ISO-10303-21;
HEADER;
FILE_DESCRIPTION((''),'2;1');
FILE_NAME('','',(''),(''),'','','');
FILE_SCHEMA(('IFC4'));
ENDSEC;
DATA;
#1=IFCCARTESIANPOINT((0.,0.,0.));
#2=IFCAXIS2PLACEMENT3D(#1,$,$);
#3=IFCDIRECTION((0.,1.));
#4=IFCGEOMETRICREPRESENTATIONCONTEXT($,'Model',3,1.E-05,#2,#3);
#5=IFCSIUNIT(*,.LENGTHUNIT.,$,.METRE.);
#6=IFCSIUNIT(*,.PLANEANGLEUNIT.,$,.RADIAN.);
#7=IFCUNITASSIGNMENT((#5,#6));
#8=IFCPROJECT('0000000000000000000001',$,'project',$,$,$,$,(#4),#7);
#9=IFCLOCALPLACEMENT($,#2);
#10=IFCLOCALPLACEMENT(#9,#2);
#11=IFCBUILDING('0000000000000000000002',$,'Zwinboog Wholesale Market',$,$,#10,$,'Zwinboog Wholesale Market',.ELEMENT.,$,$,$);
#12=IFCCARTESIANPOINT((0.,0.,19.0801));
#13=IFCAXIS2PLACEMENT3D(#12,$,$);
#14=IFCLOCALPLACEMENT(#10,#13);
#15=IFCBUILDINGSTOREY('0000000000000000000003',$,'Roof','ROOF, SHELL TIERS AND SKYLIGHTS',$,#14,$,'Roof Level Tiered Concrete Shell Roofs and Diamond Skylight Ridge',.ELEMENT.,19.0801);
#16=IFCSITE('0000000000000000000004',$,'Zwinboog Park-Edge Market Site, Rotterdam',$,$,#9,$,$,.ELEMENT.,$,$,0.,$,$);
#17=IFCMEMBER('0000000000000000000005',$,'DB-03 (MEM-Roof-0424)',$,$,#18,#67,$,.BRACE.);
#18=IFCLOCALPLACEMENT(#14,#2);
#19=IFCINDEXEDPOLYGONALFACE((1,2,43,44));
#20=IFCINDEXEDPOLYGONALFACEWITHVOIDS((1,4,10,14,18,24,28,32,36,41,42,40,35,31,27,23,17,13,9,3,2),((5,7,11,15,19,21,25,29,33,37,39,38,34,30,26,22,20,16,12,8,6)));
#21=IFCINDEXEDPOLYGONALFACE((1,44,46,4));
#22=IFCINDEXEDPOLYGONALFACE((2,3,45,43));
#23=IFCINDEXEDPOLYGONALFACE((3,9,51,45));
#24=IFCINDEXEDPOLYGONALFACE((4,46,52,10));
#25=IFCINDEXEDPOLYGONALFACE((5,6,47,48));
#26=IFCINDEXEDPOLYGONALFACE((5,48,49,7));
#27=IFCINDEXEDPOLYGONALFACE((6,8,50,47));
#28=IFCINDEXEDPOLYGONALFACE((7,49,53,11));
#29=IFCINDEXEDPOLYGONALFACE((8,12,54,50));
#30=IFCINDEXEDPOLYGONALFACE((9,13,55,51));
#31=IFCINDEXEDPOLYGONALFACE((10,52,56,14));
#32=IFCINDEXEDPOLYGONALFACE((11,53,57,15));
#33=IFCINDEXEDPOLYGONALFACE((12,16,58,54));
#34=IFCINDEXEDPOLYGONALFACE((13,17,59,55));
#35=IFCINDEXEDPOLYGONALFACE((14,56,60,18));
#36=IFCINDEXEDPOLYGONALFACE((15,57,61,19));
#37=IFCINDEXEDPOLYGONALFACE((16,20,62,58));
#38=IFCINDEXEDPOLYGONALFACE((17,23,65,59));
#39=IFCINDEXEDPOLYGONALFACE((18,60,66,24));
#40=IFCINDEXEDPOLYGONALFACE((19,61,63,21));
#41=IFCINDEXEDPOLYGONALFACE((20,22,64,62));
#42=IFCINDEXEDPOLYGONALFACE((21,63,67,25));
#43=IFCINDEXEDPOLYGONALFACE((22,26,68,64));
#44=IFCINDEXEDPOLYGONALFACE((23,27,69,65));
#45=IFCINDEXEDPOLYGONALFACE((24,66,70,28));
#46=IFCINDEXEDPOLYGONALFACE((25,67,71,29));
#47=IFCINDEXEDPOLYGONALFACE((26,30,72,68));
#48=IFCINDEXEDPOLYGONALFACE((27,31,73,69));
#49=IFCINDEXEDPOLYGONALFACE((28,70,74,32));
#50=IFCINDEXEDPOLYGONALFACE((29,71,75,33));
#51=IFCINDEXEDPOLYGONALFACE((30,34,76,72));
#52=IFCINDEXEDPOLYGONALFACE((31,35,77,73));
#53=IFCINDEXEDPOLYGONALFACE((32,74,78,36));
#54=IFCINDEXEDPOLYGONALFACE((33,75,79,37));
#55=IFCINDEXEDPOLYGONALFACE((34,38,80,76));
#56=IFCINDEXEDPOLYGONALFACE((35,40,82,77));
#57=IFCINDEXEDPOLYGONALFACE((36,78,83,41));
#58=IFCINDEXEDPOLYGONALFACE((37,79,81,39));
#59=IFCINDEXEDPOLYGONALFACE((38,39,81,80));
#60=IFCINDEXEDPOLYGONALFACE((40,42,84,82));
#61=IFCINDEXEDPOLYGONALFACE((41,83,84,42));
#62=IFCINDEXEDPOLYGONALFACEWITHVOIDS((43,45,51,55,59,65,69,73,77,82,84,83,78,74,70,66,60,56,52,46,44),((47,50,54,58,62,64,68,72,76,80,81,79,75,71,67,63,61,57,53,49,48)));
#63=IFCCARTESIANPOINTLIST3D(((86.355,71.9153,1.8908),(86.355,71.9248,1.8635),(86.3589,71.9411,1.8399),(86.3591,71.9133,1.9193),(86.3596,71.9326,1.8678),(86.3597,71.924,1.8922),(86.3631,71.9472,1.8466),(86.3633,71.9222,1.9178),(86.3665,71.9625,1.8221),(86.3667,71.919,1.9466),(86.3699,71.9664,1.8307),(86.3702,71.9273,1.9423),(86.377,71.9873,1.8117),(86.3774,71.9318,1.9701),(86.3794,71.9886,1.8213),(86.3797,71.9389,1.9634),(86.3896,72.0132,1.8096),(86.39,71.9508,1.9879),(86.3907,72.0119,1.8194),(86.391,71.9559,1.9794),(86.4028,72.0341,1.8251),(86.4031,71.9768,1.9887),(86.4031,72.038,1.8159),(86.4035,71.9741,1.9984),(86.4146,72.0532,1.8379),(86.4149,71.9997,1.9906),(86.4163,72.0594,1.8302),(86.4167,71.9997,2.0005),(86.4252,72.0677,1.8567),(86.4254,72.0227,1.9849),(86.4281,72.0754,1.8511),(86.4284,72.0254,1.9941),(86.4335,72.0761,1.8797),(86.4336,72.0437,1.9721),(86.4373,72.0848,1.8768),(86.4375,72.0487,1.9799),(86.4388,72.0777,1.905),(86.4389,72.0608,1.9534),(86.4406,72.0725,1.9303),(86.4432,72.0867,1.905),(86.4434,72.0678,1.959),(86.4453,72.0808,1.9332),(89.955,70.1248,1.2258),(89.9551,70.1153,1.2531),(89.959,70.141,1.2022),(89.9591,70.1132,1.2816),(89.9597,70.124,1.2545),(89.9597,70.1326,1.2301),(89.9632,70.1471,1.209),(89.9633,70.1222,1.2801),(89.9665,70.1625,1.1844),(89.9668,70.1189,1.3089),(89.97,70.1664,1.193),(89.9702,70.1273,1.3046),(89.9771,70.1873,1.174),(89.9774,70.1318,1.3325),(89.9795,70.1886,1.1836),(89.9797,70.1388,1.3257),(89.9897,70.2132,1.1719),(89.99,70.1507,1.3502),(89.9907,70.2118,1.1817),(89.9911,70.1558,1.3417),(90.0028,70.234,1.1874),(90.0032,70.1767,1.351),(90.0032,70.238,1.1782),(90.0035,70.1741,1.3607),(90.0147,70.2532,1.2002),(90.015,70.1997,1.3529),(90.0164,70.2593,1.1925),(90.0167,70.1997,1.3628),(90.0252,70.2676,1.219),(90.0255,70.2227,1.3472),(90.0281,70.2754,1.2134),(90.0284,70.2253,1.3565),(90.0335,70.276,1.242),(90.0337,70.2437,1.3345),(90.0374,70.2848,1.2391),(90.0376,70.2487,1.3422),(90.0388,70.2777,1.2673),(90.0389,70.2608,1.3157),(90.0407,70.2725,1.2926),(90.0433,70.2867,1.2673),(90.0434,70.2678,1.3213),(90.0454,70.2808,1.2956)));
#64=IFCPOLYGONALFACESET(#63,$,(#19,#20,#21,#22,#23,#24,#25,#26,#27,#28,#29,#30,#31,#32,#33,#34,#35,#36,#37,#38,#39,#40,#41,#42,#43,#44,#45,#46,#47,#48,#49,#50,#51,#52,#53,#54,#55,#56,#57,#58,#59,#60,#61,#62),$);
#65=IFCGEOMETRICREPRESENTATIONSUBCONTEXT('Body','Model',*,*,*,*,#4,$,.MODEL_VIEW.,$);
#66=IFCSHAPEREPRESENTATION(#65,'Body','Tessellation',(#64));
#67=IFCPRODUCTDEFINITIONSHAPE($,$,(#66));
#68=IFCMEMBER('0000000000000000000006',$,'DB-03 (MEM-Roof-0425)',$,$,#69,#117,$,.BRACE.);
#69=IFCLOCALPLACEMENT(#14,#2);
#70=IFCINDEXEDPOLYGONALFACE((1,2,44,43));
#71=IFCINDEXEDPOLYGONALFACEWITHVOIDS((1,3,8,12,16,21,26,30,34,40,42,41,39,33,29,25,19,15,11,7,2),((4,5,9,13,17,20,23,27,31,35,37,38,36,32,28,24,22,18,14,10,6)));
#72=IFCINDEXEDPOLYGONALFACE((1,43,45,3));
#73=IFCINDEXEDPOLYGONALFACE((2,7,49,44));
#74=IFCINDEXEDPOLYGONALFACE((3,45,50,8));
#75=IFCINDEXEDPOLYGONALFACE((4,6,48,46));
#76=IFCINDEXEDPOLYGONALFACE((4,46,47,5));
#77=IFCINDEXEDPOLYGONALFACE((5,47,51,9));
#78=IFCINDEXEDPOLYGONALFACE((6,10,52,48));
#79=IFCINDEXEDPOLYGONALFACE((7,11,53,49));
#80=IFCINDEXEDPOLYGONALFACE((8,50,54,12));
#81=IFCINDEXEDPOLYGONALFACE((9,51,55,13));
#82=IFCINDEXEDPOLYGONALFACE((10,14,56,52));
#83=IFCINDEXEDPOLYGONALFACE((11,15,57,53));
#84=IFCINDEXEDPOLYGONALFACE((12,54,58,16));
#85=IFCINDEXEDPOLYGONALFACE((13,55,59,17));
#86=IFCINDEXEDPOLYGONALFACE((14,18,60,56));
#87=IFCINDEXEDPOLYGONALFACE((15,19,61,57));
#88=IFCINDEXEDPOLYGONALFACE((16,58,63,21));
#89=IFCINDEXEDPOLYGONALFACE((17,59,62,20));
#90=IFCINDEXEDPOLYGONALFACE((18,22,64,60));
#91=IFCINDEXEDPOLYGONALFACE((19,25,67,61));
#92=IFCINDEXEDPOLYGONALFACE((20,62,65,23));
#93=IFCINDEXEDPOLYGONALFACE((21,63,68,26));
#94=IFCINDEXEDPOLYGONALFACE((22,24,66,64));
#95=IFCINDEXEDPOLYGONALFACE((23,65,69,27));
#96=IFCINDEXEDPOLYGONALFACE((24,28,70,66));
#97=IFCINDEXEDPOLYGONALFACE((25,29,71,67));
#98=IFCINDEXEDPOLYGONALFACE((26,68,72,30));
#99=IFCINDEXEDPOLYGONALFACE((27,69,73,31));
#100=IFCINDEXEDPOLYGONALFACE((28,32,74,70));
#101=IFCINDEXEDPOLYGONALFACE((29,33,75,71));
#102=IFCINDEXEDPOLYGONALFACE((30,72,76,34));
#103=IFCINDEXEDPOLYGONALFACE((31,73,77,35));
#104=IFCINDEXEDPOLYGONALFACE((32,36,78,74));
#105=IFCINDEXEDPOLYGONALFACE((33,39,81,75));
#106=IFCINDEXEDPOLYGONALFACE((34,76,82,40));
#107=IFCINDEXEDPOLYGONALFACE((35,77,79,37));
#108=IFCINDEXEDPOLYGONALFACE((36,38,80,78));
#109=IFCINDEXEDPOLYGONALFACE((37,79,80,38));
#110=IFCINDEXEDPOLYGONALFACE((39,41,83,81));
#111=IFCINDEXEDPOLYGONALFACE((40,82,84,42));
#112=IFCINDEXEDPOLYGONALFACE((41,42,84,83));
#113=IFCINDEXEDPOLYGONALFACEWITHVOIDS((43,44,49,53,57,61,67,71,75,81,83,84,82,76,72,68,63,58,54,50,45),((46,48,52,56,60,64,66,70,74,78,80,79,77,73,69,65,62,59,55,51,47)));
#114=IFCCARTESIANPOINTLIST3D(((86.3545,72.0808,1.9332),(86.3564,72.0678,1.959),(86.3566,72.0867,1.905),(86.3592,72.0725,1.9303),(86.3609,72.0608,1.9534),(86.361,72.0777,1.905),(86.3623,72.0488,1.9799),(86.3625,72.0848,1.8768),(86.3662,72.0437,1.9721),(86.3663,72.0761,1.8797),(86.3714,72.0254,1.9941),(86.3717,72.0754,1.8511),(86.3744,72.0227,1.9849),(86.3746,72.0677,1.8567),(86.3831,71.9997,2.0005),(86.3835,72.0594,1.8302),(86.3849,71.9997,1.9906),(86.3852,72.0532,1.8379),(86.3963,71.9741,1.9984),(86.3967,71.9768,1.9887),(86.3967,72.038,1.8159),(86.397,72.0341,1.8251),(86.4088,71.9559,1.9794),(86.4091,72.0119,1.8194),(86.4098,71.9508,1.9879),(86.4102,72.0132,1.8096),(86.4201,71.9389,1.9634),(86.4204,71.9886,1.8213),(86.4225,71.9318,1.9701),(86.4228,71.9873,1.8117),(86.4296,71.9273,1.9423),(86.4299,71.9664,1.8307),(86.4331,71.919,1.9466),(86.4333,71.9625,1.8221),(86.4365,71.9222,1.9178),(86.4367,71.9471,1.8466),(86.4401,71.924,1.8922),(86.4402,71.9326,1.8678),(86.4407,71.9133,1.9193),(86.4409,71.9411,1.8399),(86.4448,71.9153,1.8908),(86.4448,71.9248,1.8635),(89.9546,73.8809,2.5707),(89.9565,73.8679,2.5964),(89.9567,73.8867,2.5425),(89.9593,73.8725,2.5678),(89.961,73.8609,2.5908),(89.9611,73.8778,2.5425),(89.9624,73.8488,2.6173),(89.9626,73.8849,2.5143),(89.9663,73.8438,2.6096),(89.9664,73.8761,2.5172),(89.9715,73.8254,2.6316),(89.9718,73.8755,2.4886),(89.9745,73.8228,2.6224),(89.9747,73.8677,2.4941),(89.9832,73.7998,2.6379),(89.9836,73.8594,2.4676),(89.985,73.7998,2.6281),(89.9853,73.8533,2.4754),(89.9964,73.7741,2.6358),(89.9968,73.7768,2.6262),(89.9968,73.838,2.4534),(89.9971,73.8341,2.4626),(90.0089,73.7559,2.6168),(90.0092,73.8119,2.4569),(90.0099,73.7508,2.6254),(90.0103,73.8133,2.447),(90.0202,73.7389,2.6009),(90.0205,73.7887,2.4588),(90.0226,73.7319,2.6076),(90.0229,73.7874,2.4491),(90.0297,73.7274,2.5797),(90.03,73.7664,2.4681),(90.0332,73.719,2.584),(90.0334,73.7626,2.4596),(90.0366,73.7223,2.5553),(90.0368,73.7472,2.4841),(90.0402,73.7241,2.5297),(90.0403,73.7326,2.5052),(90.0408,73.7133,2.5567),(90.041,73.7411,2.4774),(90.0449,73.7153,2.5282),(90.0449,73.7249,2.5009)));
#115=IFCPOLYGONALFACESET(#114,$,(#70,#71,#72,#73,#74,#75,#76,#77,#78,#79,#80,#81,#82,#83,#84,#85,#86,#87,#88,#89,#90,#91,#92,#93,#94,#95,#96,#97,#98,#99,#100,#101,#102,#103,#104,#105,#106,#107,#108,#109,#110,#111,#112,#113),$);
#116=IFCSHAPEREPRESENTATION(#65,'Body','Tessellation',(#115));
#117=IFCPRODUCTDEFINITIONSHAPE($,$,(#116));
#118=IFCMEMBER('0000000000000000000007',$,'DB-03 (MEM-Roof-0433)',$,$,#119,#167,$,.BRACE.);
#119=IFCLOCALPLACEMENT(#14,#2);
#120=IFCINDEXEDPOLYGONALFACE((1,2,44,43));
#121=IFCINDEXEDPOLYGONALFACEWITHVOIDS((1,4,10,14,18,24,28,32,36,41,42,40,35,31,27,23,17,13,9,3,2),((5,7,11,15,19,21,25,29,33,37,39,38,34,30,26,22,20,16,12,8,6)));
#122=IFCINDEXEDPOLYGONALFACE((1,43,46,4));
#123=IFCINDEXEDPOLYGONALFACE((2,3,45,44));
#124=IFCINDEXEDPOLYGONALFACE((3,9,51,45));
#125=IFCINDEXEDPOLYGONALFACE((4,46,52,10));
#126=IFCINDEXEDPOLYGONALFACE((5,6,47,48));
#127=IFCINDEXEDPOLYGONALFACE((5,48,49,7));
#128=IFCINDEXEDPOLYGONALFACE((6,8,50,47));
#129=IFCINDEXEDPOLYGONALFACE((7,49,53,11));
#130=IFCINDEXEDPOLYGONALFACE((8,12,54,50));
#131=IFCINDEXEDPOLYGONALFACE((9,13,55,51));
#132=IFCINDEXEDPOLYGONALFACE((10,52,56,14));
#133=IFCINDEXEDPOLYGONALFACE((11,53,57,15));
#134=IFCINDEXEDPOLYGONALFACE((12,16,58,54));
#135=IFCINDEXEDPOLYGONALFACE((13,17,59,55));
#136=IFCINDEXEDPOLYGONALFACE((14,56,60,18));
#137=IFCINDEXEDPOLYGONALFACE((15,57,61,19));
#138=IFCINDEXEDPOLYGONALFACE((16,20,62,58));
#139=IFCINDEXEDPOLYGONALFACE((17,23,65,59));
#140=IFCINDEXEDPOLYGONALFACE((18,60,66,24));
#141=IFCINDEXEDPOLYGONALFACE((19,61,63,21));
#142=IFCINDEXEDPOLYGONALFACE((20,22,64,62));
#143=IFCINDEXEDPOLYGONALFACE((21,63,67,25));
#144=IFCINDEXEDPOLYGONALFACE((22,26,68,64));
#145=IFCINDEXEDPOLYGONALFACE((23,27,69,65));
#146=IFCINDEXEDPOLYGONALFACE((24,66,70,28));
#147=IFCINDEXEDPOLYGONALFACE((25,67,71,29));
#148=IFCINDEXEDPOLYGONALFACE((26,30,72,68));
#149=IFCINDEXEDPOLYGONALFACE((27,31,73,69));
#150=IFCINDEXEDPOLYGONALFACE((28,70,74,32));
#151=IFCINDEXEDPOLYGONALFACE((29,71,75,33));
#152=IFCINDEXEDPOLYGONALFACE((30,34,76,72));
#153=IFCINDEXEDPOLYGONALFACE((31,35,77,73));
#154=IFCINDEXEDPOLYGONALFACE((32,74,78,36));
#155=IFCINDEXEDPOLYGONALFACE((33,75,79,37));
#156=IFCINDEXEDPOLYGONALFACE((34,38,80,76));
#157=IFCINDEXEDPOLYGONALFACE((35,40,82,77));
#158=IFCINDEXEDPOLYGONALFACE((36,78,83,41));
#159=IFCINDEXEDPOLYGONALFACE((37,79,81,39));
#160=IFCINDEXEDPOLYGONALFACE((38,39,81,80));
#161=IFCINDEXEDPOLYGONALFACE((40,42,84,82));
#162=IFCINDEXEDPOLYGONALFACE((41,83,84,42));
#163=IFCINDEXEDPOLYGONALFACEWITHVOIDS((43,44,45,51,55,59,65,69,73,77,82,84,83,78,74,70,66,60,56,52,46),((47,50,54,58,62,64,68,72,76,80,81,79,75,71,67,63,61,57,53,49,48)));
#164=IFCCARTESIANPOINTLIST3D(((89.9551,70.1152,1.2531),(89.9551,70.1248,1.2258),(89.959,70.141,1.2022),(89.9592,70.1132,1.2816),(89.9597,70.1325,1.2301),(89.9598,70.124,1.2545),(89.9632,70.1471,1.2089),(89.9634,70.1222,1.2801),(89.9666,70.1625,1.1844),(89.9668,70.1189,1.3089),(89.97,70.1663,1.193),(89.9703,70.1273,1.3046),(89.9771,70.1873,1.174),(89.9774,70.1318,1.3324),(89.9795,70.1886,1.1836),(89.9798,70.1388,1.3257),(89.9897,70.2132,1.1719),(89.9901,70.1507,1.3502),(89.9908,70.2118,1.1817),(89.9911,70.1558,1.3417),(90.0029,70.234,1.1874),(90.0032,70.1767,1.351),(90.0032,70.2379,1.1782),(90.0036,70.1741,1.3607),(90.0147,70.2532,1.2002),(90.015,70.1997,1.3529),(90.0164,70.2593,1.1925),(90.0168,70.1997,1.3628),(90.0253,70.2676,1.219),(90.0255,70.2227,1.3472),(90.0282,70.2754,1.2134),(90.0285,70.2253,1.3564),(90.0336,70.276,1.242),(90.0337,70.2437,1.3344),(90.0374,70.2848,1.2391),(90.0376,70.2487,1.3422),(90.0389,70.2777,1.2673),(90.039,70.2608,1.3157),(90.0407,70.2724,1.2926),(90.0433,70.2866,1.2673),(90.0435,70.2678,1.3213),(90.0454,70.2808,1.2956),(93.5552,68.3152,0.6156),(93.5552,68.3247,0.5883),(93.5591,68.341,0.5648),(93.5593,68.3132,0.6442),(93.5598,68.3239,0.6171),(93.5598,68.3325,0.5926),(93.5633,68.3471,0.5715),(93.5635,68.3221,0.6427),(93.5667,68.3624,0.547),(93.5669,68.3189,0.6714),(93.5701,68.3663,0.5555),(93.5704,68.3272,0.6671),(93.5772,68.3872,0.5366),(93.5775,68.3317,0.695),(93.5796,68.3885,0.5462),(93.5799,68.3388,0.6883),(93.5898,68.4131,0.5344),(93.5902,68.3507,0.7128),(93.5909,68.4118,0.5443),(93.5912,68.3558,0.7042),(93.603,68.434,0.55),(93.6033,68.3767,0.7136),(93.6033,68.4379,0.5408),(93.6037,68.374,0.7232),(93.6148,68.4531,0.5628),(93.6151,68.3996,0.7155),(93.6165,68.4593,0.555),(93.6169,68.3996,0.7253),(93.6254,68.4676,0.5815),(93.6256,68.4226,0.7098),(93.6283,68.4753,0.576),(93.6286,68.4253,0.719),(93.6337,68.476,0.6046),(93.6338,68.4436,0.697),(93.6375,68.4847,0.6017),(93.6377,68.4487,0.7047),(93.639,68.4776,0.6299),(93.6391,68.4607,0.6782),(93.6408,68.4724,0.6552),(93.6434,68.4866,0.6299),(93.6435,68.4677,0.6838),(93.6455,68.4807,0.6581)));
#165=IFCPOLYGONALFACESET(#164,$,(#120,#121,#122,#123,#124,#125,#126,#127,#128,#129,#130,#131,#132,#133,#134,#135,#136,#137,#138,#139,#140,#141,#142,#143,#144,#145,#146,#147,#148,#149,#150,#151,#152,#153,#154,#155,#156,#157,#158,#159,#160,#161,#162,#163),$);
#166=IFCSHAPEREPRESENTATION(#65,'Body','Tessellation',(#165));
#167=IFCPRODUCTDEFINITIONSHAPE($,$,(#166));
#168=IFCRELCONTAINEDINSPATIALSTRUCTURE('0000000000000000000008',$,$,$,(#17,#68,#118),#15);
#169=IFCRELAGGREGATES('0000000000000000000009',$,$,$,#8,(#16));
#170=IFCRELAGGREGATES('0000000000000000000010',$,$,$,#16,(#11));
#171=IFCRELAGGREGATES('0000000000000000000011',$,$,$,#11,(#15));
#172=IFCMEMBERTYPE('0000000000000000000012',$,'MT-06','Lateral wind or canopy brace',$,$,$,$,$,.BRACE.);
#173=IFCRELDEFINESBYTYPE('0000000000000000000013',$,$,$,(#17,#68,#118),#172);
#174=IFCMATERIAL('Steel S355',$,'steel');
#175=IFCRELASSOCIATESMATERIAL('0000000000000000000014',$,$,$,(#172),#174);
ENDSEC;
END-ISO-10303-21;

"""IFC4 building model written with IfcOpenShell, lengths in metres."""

from ifc_helpers import new_model, si_unit, direction, frame, origin, origin_2d, place, context, subcontext, project, spatial, hollow_circle, extrude, material, material_profile, profile_set, type_object, element, save


model = new_model("IFC4")

# Units and contexts
model_context = context("Model", 3, precision=1e-05, world=origin(), true_north=direction((0.0, 1.0)))
body_context = subcontext(model_context, "Body", "Model", "MODEL_VIEW")
ifc_project = project(units=[si_unit("LENGTHUNIT", "METRE"), si_unit("PLANEANGLEUNIT", "RADIAN")], contexts=[model_context])

# Site, building, storey
site_placement = place(None, origin())
site = spatial("IfcSite", under=ifc_project, at=site_placement, Name="Zwinboog Park-Edge Market Site, Rotterdam", CompositionType="ELEMENT", RefElevation=0.0)
building_placement = place(site_placement, origin())
building = spatial("IfcBuilding", under=site, at=building_placement, Name="Zwinboog Wholesale Market", LongName="Zwinboog Wholesale Market", CompositionType="ELEMENT")
storey_placement = place(building_placement, frame((0.0, 0.0, 19.0801)))
storey = spatial("IfcBuildingStorey", under=building, at=storey_placement, Name="Roof", Description="ROOF, SHELL TIERS AND SKYLIGHTS", LongName="Roof Level Tiered Concrete Shell Roofs and Diamond Skylight Ridge", CompositionType="ELEMENT", Elevation=19.0801)

# Members
ifc_material_1 = material(Name="Steel S355", Category="steel")
ifc_material_profile_1 = material_profile(ifc_material_1, hollow_circle(Radius=0.0969, WallThickness=0.01, at=origin_2d()), Name="CHS 193.7x10")
ifc_profile_set_1 = profile_set([ifc_material_profile_1], Name="Steel S355")
member_type_1 = type_object("IfcMemberType", Name="MT-06", Description="Lateral wind or canopy brace", PredefinedType="BRACE", material=ifc_profile_set_1)
for number, where, z_axis, x_axis, name in (
    (1, (86.3999, 72.0, 1.905), (0.883409, -0.441704, -0.156481), (0.447214, 0.894427, 0.0), "DB-03 (MEM-Roof-0424)"),
    (2, (86.3999, 72.0, 1.905), (0.883417, 0.441709, 0.156422), (-0.447214, 0.894427, 0.0), "DB-03 (MEM-Roof-0425)"),
    (3, (90.0, 70.2, 1.2673), (0.883417, -0.441709, -0.156422), (0.447214, 0.894427, 0.0), "DB-03 (MEM-Roof-0433)"),
):
    element("IfcMember", number, at=place(storey_placement, frame(where, z_axis=z_axis, x_axis=x_axis)), inside=storey, type_object=member_type_1, Name=name, PredefinedType="BRACE", context=body_context, shape_type="SweptSolid", body=[
        extrude(hollow_circle(Radius=0.0969, WallThickness=0.01, at=origin_2d()), origin(), (0.0, 0.0, 1.0), 4.0752),
    ])

save(model, "model.ifc")
